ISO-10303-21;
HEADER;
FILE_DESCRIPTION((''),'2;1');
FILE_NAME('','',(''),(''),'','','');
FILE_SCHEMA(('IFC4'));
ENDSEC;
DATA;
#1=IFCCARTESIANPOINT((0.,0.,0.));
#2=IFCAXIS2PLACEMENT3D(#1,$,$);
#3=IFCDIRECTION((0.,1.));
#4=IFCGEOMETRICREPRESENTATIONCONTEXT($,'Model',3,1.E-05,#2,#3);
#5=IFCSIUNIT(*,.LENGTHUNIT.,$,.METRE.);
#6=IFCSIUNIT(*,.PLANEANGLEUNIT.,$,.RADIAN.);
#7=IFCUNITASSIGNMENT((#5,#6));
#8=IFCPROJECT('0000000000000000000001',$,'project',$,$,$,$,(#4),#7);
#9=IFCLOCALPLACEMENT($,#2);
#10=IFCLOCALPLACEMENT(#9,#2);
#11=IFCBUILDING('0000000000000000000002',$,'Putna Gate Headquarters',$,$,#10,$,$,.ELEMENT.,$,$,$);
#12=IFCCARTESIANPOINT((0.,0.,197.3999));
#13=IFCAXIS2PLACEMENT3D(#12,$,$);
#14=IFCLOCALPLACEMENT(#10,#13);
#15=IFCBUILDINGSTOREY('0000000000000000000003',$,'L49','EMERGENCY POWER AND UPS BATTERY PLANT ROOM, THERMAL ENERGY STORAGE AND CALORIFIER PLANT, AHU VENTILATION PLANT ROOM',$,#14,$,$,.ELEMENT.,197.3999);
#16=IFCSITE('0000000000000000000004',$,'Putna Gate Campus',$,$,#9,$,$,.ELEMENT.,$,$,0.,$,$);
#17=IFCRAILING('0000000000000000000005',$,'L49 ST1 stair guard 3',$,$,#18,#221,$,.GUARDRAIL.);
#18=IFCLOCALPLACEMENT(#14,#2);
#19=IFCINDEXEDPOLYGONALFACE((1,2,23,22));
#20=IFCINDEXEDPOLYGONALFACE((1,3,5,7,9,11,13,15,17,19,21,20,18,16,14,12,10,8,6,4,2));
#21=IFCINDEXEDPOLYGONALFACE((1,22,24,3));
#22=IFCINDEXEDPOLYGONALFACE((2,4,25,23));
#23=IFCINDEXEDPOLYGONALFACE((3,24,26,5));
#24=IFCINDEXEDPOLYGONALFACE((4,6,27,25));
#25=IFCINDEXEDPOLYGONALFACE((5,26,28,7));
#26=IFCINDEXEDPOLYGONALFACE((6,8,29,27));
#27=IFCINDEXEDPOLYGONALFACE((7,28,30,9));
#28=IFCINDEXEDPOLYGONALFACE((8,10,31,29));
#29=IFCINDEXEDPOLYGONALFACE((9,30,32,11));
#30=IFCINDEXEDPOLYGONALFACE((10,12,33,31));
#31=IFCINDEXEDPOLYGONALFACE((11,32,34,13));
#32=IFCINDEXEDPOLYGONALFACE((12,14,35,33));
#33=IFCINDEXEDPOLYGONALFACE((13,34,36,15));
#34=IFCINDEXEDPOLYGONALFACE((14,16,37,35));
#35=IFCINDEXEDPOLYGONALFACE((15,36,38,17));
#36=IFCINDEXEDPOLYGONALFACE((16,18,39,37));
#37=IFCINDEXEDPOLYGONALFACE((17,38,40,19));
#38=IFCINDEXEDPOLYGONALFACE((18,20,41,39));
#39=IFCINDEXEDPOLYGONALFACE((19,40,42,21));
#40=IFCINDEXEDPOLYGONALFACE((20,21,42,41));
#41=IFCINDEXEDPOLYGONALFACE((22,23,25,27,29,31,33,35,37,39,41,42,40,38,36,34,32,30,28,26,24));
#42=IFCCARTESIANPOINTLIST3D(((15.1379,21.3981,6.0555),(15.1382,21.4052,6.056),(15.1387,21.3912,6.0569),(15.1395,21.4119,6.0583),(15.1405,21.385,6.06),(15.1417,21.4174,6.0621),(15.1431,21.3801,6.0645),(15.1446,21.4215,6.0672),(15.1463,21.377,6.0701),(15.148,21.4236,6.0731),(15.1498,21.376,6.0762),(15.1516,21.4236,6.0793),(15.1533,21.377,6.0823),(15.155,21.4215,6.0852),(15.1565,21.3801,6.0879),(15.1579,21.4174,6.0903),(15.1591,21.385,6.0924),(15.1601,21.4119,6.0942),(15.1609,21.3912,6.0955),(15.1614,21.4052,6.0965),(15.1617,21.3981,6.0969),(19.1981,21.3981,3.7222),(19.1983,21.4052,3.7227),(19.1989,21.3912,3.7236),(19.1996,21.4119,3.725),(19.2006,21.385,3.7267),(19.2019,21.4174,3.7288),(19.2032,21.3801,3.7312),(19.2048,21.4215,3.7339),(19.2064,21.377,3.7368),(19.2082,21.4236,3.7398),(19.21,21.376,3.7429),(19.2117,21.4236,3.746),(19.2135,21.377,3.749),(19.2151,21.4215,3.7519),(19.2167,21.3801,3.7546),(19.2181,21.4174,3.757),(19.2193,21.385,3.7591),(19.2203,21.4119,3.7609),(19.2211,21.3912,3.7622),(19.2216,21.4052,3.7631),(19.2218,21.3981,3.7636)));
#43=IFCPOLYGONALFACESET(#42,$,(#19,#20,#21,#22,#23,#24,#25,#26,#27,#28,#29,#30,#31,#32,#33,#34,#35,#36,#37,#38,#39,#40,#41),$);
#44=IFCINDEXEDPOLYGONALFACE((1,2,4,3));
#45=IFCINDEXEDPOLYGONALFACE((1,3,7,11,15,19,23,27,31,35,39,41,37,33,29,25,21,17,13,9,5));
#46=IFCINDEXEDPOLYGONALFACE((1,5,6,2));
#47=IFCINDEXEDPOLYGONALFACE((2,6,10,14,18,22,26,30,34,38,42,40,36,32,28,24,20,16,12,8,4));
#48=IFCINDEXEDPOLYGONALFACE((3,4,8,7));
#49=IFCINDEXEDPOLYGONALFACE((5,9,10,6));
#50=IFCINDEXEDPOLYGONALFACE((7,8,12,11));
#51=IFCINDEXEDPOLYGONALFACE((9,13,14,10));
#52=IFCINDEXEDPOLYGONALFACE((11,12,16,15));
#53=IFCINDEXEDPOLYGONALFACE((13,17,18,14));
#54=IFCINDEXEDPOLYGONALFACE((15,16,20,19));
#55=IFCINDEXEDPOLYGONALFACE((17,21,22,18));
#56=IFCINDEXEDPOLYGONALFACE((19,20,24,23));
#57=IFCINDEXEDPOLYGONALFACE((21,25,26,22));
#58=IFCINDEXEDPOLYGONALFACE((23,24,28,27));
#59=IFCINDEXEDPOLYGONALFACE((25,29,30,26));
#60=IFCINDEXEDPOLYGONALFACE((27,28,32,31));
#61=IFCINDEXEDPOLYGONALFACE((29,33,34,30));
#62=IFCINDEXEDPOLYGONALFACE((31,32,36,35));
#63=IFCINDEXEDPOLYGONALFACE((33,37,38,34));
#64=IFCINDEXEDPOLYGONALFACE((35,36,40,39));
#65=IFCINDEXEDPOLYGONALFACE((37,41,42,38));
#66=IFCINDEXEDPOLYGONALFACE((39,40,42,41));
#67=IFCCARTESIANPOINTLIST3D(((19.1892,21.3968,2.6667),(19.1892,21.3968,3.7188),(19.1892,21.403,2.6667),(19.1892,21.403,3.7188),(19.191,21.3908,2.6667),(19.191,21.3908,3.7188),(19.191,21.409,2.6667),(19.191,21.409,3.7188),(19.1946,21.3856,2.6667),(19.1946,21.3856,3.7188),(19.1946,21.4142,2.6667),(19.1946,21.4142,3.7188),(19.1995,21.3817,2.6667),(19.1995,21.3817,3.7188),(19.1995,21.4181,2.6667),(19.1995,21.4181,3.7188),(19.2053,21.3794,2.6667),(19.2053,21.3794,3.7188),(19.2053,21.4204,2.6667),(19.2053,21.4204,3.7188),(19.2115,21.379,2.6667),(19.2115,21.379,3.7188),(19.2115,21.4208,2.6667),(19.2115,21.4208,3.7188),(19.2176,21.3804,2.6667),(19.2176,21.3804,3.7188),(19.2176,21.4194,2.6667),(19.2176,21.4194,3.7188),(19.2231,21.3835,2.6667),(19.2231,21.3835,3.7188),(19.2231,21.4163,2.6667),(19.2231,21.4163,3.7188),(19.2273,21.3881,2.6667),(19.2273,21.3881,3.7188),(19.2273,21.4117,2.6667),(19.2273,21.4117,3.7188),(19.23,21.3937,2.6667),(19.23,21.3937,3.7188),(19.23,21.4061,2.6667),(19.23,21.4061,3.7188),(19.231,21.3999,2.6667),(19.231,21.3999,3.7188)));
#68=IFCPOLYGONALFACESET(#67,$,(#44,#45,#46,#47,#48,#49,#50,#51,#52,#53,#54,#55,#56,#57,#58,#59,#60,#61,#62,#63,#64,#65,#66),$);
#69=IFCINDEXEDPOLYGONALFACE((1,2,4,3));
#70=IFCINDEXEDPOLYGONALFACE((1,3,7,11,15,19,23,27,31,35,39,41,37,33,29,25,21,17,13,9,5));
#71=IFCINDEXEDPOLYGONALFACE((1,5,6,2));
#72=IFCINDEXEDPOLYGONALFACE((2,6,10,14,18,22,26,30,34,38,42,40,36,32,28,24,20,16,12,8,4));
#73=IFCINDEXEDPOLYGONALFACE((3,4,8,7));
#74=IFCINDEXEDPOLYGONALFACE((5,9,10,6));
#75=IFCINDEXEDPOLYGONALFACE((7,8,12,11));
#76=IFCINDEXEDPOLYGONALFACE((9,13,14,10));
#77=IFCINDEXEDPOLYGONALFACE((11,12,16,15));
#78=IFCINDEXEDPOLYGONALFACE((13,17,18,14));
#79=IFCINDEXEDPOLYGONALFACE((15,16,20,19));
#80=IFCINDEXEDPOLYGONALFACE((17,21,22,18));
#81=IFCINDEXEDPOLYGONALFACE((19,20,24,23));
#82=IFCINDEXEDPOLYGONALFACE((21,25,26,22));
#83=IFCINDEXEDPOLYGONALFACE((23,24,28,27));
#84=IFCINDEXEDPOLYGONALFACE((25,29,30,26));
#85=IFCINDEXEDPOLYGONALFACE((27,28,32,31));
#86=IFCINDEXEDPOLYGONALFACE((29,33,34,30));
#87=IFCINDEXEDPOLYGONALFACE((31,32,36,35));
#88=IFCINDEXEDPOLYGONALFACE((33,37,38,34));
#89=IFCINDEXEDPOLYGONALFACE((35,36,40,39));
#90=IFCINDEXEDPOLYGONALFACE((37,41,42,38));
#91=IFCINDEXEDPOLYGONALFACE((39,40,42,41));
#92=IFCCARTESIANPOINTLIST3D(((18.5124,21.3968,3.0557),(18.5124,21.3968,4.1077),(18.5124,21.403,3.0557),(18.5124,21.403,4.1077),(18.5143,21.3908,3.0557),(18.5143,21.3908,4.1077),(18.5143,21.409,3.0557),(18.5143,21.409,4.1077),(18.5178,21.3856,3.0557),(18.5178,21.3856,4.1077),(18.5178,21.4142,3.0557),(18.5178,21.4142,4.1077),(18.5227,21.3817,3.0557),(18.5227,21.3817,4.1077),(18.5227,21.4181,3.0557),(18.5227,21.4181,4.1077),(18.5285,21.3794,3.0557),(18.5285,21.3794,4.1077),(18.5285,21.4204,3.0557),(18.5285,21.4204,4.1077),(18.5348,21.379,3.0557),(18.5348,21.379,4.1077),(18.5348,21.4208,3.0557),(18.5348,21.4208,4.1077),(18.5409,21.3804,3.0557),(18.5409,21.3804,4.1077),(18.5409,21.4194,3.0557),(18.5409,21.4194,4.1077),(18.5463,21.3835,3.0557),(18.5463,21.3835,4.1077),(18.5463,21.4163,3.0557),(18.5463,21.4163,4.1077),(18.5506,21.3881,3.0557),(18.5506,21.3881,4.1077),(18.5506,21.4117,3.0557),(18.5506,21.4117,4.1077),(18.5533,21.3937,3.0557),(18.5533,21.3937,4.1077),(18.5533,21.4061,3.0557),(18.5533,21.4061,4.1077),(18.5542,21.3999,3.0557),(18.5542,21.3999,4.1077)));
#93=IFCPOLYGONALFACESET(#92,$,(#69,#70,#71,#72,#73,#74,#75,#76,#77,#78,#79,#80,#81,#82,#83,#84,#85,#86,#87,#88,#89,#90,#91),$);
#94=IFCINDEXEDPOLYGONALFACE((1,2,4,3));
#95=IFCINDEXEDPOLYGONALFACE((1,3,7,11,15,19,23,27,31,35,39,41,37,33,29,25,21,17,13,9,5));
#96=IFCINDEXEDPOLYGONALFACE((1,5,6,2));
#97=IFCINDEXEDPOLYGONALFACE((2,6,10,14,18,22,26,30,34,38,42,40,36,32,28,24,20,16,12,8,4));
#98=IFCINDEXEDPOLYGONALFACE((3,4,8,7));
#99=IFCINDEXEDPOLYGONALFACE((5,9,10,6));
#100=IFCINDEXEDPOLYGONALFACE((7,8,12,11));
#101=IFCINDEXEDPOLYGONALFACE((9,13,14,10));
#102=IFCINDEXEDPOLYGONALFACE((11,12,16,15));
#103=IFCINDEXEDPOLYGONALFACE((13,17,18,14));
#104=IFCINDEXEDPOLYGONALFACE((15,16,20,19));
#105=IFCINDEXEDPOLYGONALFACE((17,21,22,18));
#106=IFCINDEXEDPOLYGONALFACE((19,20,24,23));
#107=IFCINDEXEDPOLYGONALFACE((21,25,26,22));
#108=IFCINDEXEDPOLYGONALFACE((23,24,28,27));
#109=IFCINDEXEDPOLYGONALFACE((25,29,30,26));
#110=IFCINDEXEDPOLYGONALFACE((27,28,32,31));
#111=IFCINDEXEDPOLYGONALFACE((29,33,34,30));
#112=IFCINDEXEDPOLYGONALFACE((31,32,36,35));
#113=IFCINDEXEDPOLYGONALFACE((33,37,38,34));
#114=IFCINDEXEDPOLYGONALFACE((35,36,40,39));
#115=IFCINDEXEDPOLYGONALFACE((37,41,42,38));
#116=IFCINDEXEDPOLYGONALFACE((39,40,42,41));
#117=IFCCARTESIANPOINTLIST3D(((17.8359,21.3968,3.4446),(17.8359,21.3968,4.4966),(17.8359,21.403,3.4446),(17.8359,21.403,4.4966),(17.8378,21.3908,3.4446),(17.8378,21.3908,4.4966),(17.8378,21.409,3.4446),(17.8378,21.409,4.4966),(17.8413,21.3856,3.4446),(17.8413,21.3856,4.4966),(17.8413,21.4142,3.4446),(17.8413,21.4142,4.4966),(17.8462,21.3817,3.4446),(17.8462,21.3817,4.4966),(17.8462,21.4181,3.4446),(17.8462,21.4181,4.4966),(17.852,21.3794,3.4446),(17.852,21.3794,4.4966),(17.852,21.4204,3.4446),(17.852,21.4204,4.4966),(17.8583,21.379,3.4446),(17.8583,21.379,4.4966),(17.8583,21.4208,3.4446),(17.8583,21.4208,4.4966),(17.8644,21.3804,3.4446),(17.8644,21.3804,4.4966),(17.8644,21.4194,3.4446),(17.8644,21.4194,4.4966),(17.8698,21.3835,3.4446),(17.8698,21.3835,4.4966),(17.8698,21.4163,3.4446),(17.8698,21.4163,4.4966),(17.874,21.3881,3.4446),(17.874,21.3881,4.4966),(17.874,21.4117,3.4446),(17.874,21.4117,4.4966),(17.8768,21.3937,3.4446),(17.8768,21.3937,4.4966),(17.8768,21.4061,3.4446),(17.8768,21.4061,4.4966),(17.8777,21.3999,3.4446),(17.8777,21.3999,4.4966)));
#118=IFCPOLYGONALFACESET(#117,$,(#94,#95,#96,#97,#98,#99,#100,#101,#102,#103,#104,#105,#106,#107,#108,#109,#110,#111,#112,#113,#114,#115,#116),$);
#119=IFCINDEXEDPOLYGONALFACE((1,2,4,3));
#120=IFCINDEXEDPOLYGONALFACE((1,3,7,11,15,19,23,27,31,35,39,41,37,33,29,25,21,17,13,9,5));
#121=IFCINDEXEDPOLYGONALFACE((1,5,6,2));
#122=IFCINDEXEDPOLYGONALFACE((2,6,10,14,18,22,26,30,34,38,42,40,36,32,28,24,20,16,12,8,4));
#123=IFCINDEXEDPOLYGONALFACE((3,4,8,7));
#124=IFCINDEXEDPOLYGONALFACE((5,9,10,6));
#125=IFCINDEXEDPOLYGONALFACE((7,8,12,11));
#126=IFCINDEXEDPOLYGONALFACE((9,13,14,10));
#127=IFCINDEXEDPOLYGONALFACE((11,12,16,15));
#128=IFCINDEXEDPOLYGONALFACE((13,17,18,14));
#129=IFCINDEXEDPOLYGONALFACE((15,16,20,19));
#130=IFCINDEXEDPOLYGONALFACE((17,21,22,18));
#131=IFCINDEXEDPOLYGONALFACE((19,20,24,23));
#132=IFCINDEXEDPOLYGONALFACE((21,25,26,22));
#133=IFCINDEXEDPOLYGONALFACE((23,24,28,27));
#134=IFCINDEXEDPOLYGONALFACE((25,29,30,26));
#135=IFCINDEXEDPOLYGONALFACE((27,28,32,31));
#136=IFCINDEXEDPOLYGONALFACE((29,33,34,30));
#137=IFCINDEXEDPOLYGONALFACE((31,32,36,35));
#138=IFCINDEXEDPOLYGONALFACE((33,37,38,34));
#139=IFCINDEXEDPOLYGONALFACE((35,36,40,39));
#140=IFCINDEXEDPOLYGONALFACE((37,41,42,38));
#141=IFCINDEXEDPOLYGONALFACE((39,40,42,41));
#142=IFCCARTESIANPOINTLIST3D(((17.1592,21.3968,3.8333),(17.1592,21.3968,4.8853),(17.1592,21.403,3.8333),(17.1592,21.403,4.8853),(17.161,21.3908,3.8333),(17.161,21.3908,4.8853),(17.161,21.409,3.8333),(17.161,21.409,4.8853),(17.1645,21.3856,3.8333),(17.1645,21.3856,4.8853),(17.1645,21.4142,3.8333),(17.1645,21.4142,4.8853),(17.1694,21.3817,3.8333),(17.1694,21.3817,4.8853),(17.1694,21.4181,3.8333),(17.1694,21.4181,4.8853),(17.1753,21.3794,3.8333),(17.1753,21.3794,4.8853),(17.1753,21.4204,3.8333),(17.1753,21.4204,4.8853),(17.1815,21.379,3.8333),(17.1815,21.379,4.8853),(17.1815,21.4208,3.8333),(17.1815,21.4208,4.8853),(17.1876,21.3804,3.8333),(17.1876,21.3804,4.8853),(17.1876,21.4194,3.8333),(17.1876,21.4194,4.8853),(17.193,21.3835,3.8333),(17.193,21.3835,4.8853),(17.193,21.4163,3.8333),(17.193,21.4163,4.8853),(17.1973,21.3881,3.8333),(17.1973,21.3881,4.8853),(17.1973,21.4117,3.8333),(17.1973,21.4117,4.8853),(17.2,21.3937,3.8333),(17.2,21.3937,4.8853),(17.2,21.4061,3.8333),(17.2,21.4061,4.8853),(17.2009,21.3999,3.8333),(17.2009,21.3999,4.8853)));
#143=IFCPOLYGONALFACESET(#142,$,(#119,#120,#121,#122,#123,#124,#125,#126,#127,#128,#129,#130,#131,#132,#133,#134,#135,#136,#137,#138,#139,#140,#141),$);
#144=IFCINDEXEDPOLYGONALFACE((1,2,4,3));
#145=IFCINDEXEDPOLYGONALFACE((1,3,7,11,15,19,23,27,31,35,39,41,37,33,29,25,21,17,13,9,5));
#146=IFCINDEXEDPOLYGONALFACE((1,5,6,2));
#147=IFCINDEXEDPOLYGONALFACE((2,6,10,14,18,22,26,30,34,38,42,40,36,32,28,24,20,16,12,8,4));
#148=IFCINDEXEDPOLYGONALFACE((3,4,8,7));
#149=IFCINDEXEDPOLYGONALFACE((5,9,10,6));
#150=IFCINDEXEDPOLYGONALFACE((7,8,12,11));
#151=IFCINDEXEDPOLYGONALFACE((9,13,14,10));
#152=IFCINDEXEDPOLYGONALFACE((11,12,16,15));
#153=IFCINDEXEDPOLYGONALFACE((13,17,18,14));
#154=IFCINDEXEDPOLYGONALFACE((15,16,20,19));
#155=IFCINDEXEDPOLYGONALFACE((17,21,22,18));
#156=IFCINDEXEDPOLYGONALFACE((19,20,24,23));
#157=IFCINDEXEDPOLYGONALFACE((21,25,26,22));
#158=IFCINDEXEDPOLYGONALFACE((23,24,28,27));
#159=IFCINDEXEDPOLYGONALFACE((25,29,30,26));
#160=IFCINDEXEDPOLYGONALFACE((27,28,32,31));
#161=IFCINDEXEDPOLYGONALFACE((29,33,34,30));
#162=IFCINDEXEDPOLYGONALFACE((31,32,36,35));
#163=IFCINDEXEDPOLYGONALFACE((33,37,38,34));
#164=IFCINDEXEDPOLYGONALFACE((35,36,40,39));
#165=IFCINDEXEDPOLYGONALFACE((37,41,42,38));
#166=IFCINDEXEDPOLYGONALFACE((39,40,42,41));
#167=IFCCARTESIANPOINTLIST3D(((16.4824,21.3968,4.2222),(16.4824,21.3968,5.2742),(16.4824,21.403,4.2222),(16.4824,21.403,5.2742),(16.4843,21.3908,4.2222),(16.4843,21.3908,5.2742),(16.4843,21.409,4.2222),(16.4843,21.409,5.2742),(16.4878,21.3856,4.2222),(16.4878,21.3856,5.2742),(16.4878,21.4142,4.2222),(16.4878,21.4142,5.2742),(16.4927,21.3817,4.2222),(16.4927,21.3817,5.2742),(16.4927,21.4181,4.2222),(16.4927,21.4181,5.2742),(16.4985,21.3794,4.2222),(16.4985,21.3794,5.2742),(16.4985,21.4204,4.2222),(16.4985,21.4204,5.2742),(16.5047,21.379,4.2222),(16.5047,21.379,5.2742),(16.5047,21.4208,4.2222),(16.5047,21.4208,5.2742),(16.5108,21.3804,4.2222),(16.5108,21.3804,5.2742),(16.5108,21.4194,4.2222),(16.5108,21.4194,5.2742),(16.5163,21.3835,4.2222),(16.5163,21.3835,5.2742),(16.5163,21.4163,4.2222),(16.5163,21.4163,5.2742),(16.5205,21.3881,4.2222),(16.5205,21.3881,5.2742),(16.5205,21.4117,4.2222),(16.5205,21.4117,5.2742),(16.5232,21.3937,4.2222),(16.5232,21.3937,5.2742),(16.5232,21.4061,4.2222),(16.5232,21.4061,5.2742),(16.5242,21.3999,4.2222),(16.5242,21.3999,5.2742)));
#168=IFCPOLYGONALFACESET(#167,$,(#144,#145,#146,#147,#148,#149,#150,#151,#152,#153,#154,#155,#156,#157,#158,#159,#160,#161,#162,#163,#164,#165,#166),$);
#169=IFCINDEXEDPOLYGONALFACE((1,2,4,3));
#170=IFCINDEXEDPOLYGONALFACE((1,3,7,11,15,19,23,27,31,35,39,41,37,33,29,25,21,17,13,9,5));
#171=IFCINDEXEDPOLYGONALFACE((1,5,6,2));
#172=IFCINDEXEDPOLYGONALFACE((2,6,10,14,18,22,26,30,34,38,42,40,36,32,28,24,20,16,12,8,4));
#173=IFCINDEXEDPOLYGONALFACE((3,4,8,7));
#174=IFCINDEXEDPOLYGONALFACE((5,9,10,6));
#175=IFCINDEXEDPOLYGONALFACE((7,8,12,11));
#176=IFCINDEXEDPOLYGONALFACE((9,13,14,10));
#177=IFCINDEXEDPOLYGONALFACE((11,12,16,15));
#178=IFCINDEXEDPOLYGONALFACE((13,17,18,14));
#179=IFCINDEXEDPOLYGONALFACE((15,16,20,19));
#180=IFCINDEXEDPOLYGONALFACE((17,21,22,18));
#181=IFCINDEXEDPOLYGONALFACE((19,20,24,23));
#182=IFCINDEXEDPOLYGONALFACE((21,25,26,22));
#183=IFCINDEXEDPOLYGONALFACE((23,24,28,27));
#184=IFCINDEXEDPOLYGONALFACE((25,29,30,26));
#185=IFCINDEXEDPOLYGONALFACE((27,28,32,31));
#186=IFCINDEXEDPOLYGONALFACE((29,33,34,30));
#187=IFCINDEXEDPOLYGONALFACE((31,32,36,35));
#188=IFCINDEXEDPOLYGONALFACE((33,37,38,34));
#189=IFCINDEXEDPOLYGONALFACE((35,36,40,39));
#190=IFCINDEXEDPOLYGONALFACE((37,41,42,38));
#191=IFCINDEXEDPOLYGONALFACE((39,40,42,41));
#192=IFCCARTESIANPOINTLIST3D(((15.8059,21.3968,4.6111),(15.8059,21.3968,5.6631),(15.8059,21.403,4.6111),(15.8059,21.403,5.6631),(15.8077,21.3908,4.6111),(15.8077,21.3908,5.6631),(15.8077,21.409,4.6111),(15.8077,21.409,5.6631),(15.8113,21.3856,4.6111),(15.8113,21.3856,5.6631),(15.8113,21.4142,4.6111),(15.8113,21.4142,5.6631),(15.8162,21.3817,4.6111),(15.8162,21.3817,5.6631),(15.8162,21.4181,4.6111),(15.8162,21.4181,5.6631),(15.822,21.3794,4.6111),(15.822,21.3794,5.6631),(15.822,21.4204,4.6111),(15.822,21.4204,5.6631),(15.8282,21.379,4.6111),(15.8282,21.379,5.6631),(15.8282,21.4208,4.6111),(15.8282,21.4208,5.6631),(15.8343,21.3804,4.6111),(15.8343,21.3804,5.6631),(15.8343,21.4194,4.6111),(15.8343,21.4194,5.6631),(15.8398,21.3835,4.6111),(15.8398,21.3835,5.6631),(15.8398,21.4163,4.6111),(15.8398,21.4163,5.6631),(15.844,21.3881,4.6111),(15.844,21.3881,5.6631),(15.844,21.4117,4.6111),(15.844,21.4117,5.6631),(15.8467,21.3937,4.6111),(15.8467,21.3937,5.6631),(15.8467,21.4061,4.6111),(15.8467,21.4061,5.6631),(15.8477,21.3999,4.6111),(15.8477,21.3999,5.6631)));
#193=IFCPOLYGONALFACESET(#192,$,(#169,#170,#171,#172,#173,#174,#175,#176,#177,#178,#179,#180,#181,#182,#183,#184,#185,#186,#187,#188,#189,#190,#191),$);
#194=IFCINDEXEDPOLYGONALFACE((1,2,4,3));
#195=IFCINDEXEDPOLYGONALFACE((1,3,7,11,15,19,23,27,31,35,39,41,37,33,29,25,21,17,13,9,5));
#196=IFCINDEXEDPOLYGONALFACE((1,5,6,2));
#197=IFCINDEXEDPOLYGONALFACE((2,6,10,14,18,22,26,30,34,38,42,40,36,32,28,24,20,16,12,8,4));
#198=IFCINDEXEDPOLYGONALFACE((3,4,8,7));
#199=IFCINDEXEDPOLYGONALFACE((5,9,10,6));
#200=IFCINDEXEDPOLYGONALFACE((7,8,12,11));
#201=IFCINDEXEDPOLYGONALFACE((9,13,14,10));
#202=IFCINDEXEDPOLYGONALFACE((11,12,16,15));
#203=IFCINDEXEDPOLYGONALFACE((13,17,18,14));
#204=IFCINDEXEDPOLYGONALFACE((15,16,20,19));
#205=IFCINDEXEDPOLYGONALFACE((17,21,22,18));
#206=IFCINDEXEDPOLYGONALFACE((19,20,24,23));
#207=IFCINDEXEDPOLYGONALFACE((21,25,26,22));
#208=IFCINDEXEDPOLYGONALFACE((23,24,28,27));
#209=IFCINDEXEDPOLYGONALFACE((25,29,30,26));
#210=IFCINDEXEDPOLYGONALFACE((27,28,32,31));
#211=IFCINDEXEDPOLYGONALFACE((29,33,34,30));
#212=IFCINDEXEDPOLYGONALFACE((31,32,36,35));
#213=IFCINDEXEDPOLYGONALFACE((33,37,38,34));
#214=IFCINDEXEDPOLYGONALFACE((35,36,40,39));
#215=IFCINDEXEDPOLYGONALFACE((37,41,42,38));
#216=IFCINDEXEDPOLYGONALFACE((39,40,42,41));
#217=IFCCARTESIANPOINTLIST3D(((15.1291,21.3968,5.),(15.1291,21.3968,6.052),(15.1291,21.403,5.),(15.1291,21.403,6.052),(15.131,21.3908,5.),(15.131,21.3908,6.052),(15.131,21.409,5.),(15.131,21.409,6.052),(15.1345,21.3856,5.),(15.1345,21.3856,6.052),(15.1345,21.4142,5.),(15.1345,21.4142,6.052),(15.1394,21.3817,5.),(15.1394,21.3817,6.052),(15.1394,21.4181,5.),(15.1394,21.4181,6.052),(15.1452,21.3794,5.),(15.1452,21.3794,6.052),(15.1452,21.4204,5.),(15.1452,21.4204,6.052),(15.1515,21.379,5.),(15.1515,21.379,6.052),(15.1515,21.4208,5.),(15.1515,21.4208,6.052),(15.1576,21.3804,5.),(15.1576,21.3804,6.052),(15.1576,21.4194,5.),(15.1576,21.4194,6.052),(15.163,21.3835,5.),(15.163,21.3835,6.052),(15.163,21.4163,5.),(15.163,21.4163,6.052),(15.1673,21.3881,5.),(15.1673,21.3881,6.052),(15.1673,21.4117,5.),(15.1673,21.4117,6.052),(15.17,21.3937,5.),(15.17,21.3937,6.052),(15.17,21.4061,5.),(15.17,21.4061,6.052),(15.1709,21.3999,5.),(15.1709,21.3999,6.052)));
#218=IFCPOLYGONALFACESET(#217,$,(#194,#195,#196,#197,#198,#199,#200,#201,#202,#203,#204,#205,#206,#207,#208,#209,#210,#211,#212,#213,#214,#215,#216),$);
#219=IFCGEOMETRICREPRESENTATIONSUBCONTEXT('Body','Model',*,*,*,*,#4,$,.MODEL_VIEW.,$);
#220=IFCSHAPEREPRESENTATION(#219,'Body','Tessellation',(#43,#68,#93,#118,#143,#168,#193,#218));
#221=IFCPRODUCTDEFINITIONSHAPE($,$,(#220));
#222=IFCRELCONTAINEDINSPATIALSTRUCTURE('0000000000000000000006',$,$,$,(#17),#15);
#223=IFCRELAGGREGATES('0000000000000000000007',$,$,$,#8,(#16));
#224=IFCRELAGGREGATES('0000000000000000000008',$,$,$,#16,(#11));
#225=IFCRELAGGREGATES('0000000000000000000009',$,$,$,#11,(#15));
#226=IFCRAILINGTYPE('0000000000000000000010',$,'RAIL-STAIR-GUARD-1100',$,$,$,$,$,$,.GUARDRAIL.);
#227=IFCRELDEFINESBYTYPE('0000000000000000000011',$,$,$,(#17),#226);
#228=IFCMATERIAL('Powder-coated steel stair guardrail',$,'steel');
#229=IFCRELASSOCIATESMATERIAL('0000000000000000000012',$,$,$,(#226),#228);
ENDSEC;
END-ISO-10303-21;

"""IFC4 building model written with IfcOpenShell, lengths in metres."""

from ifc_helpers import new_model, si_unit, direction, frame, origin, origin_2d, place, context, subcontext, project, spatial, circle, extrude, material, type_object, element, save


model = new_model("IFC4")

# Units and contexts
model_context = context("Model", 3, precision=1e-05, world=origin(), true_north=direction((0.0, 1.0)))
body_context = subcontext(model_context, "Body", "Model", "MODEL_VIEW")
ifc_project = project(units=[si_unit("LENGTHUNIT", "METRE"), si_unit("PLANEANGLEUNIT", "RADIAN")], contexts=[model_context])

# Site, building, storey
site_placement = place(None, origin())
site = spatial("IfcSite", under=ifc_project, at=site_placement, Name="Putna Gate Campus", CompositionType="ELEMENT", RefElevation=0.0)
building_placement = place(site_placement, origin())
building = spatial("IfcBuilding", under=site, at=building_placement, Name="Putna Gate Headquarters", CompositionType="ELEMENT")
storey_placement = place(building_placement, frame((0.0, 0.0, 197.3999)))
storey = spatial("IfcBuildingStorey", under=building, at=storey_placement, Name="L49", Description="EMERGENCY POWER AND UPS BATTERY PLANT ROOM, THERMAL ENERGY STORAGE AND CALORIFIER PLANT, AHU VENTILATION PLANT ROOM", CompositionType="ELEMENT", Elevation=197.3999)

# Railing
ifc_material_1 = material(Name="Powder-coated steel stair guardrail", Category="steel")
railing_type_1 = type_object("IfcRailingType", Name="RAIL-STAIR-GUARD-1100", PredefinedType="GUARDRAIL", material=ifc_material_1)
railing_1_placement = place(storey_placement, frame((19.21, 21.3999, 2.6667)))
element("IfcRailing", 1, at=railing_1_placement, inside=storey, type_object=railing_type_1, Name="L49 ST1 stair guard 3", PredefinedType="GUARDRAIL", context=body_context, shape_type="SweptSolid", body=[
    extrude(circle(Radius=0.0239, at=origin_2d()), frame((0.0, 0.0, 1.0762), z_axis=(-0.867025, 0.0, 0.498265), x_axis=(0.0, -1.0, 0.0)), (0.0, 0.0, 1.0), 4.6829),
    extrude(circle(Radius=0.021, at=origin_2d()), origin(), (0.0, 0.0, 1.0), 1.052),
    extrude(circle(Radius=0.021, at=origin_2d()), frame((-0.6768, 0.0, 0.3889)), (0.0, 0.0, 1.0), 1.052),
    extrude(circle(Radius=0.021, at=origin_2d()), frame((-1.3533, 0.0, 0.7778)), (0.0, 0.0, 1.0), 1.052),
    extrude(circle(Radius=0.021, at=origin_2d()), frame((-2.03, 0.0, 1.1665)), (0.0, 0.0, 1.0), 1.052),
    extrude(circle(Radius=0.021, at=origin_2d()), frame((-2.7068, 0.0, 1.5554)), (0.0, 0.0, 1.0), 1.052),
    extrude(circle(Radius=0.021, at=origin_2d()), frame((-3.3833, 0.0, 1.9443)), (0.0, 0.0, 1.0), 1.052),
    extrude(circle(Radius=0.021, at=origin_2d()), frame((-4.0601, 0.0, 2.3333)), (0.0, 0.0, 1.0), 1.052),
])

save(model, "model.ifc")
